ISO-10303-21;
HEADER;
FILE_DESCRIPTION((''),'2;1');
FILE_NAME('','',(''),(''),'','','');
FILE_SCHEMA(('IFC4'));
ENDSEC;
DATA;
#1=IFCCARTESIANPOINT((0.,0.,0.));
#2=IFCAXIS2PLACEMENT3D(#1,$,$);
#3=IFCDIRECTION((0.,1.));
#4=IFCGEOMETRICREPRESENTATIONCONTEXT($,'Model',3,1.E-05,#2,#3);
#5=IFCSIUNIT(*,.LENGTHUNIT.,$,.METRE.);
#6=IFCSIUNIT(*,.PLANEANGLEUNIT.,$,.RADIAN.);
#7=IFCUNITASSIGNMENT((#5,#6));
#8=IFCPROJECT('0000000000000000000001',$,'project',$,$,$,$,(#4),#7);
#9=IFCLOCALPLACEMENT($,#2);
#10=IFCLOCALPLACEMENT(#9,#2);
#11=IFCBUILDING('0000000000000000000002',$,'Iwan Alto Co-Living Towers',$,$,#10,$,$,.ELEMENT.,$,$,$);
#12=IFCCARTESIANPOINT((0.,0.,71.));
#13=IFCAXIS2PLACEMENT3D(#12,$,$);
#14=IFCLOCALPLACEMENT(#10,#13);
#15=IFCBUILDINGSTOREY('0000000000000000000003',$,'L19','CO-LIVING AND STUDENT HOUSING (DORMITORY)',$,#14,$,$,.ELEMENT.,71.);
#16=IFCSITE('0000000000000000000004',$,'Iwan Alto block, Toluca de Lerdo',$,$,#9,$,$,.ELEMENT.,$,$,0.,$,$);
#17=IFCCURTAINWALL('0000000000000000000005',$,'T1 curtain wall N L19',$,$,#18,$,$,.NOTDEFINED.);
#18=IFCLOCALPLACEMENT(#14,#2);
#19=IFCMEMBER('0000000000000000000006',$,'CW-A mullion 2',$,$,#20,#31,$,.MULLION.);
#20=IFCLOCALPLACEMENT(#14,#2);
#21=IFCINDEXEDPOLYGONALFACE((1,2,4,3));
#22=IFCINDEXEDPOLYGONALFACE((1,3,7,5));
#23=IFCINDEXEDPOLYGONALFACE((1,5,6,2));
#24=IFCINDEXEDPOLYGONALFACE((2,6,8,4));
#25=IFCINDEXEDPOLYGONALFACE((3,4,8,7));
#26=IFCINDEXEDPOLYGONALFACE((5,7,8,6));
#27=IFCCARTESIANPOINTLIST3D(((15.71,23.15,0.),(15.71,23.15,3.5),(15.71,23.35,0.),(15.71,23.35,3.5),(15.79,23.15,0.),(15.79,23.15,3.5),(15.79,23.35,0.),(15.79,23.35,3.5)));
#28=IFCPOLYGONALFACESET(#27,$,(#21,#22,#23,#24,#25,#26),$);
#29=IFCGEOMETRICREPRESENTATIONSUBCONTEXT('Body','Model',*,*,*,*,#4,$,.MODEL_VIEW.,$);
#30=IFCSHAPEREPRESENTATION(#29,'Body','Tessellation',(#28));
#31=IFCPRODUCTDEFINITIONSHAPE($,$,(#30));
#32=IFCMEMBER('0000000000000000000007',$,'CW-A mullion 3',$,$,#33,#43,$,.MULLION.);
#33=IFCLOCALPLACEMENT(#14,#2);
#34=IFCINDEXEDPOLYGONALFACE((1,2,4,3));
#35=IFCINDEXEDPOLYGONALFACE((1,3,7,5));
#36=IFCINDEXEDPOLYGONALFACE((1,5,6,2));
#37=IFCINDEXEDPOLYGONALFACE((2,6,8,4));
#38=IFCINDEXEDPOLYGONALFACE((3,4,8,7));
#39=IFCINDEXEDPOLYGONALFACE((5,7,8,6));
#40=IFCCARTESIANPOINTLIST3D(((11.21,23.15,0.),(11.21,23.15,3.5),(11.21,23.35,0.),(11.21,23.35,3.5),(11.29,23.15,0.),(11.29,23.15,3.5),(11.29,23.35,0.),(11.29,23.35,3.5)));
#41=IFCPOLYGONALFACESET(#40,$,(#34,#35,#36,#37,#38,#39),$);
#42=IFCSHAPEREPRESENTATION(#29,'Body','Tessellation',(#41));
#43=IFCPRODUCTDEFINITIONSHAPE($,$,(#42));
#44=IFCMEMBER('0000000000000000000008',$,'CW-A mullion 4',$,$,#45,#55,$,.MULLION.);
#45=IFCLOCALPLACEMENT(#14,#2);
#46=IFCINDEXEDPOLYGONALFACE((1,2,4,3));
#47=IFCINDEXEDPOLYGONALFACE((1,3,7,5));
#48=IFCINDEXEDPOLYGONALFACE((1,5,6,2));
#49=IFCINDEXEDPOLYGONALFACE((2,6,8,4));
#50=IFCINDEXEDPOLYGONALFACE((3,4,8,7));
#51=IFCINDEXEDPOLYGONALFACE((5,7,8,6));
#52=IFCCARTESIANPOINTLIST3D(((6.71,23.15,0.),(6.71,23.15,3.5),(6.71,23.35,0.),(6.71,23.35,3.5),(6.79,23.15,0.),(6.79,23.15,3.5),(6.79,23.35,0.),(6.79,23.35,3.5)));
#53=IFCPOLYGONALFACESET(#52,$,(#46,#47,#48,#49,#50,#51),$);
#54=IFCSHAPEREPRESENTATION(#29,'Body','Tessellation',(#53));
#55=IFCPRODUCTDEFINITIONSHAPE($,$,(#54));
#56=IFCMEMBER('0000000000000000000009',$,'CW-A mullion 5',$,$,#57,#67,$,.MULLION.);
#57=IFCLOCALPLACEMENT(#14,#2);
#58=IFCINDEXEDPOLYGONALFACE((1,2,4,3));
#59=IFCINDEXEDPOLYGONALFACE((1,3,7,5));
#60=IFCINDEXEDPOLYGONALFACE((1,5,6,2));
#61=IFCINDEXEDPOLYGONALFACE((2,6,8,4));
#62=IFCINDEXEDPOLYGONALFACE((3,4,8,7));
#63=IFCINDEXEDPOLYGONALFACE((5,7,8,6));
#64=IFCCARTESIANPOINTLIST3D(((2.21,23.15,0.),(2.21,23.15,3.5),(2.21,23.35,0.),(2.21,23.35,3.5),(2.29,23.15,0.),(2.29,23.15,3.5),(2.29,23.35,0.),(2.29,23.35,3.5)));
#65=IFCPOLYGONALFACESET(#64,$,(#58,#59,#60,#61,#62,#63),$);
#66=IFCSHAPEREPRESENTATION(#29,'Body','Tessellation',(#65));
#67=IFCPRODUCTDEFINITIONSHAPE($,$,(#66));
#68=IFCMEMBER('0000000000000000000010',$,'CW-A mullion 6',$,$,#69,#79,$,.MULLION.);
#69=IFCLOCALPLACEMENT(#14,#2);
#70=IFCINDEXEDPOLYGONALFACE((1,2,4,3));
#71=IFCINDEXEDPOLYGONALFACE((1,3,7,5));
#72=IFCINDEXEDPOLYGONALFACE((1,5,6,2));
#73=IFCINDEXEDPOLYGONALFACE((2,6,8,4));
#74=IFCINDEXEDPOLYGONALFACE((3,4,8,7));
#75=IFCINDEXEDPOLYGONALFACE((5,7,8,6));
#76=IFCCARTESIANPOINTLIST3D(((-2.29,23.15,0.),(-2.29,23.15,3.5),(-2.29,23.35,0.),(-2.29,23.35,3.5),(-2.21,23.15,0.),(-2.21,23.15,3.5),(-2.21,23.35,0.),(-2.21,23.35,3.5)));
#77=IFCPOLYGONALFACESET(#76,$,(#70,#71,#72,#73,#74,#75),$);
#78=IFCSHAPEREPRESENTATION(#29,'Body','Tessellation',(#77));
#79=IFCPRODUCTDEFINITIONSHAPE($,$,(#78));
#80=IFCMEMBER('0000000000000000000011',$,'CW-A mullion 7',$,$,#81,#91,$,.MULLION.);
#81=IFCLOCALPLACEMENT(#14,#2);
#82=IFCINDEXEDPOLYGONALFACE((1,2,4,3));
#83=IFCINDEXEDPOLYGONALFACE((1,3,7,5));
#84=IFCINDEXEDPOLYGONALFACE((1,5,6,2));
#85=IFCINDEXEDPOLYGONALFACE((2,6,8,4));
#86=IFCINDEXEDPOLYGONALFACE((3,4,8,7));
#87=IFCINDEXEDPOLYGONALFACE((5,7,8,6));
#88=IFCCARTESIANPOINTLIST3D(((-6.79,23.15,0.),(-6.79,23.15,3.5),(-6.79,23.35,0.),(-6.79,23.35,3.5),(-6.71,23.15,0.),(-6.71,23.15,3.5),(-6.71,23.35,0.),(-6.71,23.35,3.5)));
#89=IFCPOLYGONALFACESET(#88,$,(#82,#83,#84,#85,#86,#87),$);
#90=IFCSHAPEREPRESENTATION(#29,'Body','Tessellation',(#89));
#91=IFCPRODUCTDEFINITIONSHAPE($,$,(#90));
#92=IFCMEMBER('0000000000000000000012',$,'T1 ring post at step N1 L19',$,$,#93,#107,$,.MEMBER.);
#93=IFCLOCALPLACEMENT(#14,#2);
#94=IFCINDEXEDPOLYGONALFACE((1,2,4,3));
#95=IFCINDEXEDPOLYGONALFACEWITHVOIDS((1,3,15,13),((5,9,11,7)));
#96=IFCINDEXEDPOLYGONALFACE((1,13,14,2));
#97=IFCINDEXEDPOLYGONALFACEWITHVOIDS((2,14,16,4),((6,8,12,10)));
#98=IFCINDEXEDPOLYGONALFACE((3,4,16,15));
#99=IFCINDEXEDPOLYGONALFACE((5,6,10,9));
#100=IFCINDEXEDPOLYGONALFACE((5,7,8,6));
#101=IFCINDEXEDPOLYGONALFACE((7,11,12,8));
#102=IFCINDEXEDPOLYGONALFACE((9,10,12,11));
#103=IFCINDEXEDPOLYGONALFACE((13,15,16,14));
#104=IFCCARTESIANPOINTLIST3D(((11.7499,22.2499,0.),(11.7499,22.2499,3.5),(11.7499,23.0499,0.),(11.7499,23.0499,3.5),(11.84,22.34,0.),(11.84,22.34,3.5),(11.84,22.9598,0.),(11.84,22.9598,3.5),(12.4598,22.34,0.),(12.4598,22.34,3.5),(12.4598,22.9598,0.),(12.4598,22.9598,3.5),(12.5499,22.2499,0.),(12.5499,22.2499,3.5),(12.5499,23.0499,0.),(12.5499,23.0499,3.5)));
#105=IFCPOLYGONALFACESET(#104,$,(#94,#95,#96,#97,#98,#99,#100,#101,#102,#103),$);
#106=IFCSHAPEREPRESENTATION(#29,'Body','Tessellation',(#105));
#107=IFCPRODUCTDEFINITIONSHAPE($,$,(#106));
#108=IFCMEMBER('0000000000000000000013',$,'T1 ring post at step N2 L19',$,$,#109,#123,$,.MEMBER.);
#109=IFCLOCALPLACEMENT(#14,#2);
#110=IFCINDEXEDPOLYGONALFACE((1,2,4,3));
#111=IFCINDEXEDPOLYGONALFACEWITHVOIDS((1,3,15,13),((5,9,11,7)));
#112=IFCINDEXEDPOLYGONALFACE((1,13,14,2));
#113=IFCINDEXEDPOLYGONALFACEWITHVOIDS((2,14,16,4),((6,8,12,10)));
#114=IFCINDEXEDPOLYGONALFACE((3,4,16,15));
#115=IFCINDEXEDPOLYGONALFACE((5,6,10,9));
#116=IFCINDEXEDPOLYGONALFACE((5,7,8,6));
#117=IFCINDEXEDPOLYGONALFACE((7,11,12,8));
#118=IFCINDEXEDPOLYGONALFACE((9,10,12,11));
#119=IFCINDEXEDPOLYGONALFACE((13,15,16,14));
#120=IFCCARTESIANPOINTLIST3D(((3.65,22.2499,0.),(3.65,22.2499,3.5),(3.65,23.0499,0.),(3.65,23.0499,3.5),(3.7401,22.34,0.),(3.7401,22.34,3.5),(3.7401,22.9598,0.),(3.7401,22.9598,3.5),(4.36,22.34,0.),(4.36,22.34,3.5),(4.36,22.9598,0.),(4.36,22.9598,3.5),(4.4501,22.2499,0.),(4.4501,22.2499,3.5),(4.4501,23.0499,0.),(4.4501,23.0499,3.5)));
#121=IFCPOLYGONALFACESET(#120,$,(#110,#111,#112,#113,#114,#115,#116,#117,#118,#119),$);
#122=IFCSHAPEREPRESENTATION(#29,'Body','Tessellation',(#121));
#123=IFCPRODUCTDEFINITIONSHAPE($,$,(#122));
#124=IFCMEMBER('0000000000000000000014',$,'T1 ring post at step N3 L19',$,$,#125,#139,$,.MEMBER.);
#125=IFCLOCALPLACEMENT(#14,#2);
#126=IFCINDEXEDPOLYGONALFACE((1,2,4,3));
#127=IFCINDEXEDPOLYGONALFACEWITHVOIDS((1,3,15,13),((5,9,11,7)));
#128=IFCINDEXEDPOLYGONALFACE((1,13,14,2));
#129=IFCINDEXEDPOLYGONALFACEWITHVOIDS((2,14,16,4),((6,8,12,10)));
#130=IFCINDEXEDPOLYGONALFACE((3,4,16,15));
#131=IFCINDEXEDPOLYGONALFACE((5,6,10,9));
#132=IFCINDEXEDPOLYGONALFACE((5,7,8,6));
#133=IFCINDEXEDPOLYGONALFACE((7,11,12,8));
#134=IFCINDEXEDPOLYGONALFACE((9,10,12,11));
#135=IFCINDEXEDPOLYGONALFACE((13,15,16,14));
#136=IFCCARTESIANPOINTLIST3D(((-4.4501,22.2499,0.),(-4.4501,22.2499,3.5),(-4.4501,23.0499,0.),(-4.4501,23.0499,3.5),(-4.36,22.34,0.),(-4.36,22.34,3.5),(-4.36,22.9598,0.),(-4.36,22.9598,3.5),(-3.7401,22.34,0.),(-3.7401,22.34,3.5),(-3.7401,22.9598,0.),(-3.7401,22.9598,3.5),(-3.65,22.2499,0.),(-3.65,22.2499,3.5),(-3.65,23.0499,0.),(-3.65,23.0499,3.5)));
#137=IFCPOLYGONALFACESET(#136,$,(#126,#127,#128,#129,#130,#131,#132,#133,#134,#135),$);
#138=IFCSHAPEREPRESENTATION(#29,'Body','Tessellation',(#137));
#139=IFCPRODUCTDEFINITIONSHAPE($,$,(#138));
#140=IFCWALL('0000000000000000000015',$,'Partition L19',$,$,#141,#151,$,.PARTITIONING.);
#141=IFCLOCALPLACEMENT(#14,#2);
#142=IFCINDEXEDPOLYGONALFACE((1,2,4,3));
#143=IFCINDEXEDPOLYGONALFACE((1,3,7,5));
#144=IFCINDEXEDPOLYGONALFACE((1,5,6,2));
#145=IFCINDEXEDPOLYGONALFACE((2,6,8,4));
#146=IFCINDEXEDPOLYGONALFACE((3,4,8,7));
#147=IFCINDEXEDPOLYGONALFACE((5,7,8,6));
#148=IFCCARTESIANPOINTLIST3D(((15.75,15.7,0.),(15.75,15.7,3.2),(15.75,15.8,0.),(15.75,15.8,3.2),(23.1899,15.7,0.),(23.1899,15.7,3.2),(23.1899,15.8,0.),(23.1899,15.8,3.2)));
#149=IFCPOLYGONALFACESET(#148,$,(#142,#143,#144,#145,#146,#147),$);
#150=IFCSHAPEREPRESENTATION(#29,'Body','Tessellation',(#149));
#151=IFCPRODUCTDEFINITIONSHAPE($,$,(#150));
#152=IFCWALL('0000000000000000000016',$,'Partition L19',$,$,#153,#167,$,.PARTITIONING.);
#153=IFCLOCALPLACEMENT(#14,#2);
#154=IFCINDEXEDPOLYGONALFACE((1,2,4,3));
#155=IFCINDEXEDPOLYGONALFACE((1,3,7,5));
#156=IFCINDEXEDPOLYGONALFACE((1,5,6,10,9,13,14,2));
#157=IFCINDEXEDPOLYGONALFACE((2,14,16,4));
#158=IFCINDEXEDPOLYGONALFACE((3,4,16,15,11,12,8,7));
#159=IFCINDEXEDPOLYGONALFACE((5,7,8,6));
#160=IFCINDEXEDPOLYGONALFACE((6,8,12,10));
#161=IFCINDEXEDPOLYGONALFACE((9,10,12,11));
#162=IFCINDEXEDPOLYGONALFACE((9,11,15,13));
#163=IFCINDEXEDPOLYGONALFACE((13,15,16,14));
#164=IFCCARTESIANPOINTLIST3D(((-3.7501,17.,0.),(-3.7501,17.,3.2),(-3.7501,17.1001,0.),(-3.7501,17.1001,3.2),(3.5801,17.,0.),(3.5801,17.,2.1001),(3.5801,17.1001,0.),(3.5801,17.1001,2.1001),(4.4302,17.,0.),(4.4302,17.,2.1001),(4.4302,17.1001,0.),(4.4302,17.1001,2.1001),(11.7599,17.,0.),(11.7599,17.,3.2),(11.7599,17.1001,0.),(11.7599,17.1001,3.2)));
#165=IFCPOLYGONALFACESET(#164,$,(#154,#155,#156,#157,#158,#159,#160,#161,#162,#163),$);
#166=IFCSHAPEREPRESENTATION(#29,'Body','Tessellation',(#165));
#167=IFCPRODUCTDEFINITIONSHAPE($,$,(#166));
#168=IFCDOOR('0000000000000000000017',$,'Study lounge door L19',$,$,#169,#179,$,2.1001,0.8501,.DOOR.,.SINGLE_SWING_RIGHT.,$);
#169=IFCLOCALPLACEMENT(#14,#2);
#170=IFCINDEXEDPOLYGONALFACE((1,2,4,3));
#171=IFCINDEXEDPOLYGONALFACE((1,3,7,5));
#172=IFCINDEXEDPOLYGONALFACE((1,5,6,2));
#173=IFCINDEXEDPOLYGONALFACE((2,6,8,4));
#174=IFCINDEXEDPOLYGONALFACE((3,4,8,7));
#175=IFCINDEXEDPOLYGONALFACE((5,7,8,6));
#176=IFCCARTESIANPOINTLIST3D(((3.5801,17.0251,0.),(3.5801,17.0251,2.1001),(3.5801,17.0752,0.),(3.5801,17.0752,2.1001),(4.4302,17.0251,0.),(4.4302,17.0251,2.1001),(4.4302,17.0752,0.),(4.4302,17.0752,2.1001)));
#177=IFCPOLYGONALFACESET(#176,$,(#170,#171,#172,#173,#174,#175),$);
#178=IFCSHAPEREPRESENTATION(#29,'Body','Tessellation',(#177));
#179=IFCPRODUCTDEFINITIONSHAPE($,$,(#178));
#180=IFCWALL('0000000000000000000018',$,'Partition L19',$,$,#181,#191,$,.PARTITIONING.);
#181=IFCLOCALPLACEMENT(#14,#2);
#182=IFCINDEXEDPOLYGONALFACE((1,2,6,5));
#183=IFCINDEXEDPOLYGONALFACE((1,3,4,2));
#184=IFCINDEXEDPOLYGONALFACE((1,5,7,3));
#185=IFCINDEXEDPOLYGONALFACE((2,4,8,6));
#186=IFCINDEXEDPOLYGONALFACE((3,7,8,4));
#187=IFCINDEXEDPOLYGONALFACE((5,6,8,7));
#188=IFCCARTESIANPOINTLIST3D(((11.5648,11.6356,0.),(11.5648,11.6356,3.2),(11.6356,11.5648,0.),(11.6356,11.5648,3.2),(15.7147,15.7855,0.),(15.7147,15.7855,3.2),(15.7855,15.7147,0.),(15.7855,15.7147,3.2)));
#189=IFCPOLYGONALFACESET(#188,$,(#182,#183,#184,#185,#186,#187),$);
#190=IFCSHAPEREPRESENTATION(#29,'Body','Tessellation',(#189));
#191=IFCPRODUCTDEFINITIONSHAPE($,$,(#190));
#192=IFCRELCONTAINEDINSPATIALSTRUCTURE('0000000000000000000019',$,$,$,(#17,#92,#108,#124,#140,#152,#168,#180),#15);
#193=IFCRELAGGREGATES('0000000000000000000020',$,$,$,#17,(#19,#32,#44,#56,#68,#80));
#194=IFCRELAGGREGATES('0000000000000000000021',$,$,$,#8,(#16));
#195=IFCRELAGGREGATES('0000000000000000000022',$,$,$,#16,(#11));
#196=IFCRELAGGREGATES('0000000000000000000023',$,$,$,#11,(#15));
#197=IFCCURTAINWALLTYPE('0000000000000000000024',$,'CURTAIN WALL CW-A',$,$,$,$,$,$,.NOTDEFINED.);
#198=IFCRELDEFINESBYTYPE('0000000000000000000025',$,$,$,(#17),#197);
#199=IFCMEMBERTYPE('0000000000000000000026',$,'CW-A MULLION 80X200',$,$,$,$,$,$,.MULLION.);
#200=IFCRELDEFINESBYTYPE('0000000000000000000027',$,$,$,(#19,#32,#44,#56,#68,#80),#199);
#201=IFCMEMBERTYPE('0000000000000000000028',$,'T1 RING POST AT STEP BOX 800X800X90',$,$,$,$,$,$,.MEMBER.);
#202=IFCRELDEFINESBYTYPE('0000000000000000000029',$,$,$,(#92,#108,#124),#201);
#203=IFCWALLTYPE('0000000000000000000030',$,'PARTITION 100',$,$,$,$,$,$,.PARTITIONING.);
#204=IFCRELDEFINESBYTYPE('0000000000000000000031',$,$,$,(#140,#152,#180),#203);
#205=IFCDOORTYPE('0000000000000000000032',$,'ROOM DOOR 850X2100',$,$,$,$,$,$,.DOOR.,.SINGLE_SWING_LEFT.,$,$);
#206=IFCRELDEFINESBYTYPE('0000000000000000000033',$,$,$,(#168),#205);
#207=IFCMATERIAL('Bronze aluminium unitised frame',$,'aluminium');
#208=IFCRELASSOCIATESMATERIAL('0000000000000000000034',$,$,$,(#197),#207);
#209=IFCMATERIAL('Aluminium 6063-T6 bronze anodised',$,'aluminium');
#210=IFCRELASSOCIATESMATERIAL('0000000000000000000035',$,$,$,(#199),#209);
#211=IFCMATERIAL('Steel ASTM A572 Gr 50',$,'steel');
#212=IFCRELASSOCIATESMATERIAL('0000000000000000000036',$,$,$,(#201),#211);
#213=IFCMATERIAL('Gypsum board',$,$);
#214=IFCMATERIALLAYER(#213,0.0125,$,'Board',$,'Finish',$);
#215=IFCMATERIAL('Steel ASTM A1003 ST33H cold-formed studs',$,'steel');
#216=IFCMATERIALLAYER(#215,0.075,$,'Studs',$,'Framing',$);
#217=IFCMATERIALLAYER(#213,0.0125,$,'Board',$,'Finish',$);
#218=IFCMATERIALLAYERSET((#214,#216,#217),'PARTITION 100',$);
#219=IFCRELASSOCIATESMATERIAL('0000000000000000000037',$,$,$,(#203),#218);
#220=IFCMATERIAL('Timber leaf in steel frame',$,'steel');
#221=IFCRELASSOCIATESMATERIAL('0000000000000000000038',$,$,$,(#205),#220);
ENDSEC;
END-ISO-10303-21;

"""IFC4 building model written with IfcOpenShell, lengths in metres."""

from ifc_helpers import new_model, si_unit, direction, frame, frame_2d, origin, origin_2d, place, context, subcontext, project, spatial, rectangle, hollow_rectangle, extrude, material, layer, layer_set, material_profile, profile_set, type_object, element, fill, aggregate, save


model = new_model("IFC4")

# Units and contexts
model_context = context("Model", 3, precision=1e-05, world=origin(), true_north=direction((0.0, 1.0)))
body_context = subcontext(model_context, "Body", "Model", "MODEL_VIEW")
ifc_project = project(units=[si_unit("LENGTHUNIT", "METRE"), si_unit("PLANEANGLEUNIT", "RADIAN")], contexts=[model_context])

# Site, building, storey
site_placement = place(None, origin())
site = spatial("IfcSite", under=ifc_project, at=site_placement, Name="Iwan Alto block, Toluca de Lerdo", CompositionType="ELEMENT", RefElevation=0.0)
building_placement = place(site_placement, origin())
building = spatial("IfcBuilding", under=site, at=building_placement, Name="Iwan Alto Co-Living Towers", CompositionType="ELEMENT")
storey_placement = place(building_placement, frame((0.0, 0.0, 71.0)))
storey = spatial("IfcBuildingStorey", under=building, at=storey_placement, Name="L19", Description="CO-LIVING AND STUDENT HOUSING (DORMITORY)", CompositionType="ELEMENT", Elevation=71.0)

# Curtain wall, members
ifc_material_1 = material(Name="Bronze aluminium unitised frame", Category="aluminium")
curtain_wall_type = type_object("IfcCurtainWallType", Name="CURTAIN WALL CW-A", PredefinedType="NOTDEFINED", material=ifc_material_1)
curtain_wall_placement = place(storey_placement, origin())
curtain_wall = element("IfcCurtainWall", 1, at=curtain_wall_placement, inside=storey, type_object=curtain_wall_type, Name="T1 curtain wall N L19", PredefinedType="NOTDEFINED")
ifc_material_2 = material(Name="Aluminium 6063-T6 bronze anodised", Category="aluminium")
ifc_material_profile_1 = material_profile(ifc_material_2, rectangle(XDim=0.2, YDim=0.0801, at=origin_2d()), Name="AL 80X200")
ifc_profile_set_1 = profile_set([ifc_material_profile_1], Name="Aluminium 6063-T6 bronze anodised")
member_type_1 = type_object("IfcMemberType", Name="CW-A MULLION 80X200", PredefinedType="MULLION", material=ifc_profile_set_1)
member_1_placement = place(storey_placement, frame((15.75, 23.25, 0.0), z_axis=(0.0, 0.0, 1.0), x_axis=(0.0, -1.0, 0.0)))
member_1 = element("IfcMember", 2, at=member_1_placement, type_object=member_type_1, Name="CW-A mullion 2", PredefinedType="MULLION", context=body_context, shape_type="SweptSolid", body=[
    extrude(rectangle(XDim=0.2, YDim=0.0801, at=origin_2d()), origin(), (0.0, 0.0, 1.0), 3.5),
])
member_2_placement = place(storey_placement, frame((11.25, 23.25, 0.0), z_axis=(0.0, 0.0, 1.0), x_axis=(0.0, -1.0, 0.0)))
member_2 = element("IfcMember", 3, at=member_2_placement, type_object=member_type_1, Name="CW-A mullion 3", PredefinedType="MULLION", context=body_context, shape_type="SweptSolid", body=[
    extrude(rectangle(XDim=0.2, YDim=0.0801, at=origin_2d()), origin(), (0.0, 0.0, 1.0), 3.5),
])
member_3_placement = place(storey_placement, frame((6.75, 23.25, 0.0), z_axis=(0.0, 0.0, 1.0), x_axis=(0.0, -1.0, 0.0)))
member_3 = element("IfcMember", 4, at=member_3_placement, type_object=member_type_1, Name="CW-A mullion 4", PredefinedType="MULLION", context=body_context, shape_type="SweptSolid", body=[
    extrude(rectangle(XDim=0.2, YDim=0.0801, at=origin_2d()), origin(), (0.0, 0.0, 1.0), 3.5),
])
member_4_placement = place(storey_placement, frame((2.25, 23.25, 0.0), z_axis=(0.0, 0.0, 1.0), x_axis=(0.0, -1.0, 0.0)))
member_4 = element("IfcMember", 5, at=member_4_placement, type_object=member_type_1, Name="CW-A mullion 5", PredefinedType="MULLION", context=body_context, shape_type="SweptSolid", body=[
    extrude(rectangle(XDim=0.2, YDim=0.0801, at=origin_2d()), origin(), (0.0, 0.0, 1.0), 3.5),
])
member_5_placement = place(storey_placement, frame((-2.25, 23.25, 0.0), z_axis=(0.0, 0.0, 1.0), x_axis=(0.0, -1.0, 0.0)))
member_5 = element("IfcMember", 6, at=member_5_placement, type_object=member_type_1, Name="CW-A mullion 6", PredefinedType="MULLION", context=body_context, shape_type="SweptSolid", body=[
    extrude(rectangle(XDim=0.2, YDim=0.0801, at=origin_2d()), origin(), (0.0, 0.0, 1.0), 3.5),
])
member_6_placement = place(storey_placement, frame((-6.75, 23.25, 0.0), z_axis=(0.0, 0.0, 1.0), x_axis=(0.0, -1.0, 0.0)))
member_6 = element("IfcMember", 7, at=member_6_placement, type_object=member_type_1, Name="CW-A mullion 7", PredefinedType="MULLION", context=body_context, shape_type="SweptSolid", body=[
    extrude(rectangle(XDim=0.2, YDim=0.0801, at=origin_2d()), origin(), (0.0, 0.0, 1.0), 3.5),
])
aggregate(curtain_wall, [member_1, member_2, member_3, member_4, member_5, member_6])

# Members
ifc_material_3 = material(Name="Steel ASTM A572 Gr 50", Category="steel")
ifc_material_profile_2 = material_profile(ifc_material_3, hollow_rectangle(XDim=0.8, YDim=0.8, WallThickness=0.0901, at=origin_2d()), Name="BOX 800X800X90")
ifc_profile_set_2 = profile_set([ifc_material_profile_2], Name="Steel ASTM A572 Gr 50")
member_type_2 = type_object("IfcMemberType", Name="T1 RING POST AT STEP BOX 800X800X90", PredefinedType="MEMBER", material=ifc_profile_set_2)
for number, where, z_axis, x_axis, name in (
    (8, (12.1499, 22.6499, 0.0), (0.0, 0.0, 1.0), (1.0, 0.0, 0.0), "T1 ring post at step N1 L19"),
    (9, (4.05, 22.6499, 0.0), (0.0, 0.0, 1.0), (1.0, 0.0, 0.0), "T1 ring post at step N2 L19"),
    (10, (-4.05, 22.6499, 0.0), (0.0, 0.0, 1.0), (1.0, 0.0, 0.0), "T1 ring post at step N3 L19"),
):
    element("IfcMember", number, at=place(storey_placement, frame(where, z_axis=z_axis, x_axis=x_axis)), inside=storey, type_object=member_type_2, Name=name, PredefinedType="MEMBER", context=body_context, shape_type="SweptSolid", body=[
        extrude(hollow_rectangle(XDim=0.8, YDim=0.8, WallThickness=0.0901, at=origin_2d()), origin(), (0.0, 0.0, 1.0), 3.5),
    ])

# Wall
ifc_material_4 = material(Name="Gypsum board")
ifc_layer_1 = layer(ifc_material_4, 0.0125, Name="Board", Category="Finish")
ifc_material_5 = material(Name="Steel ASTM A1003 ST33H cold-formed studs", Category="steel")
ifc_layer_2 = layer(ifc_material_5, 0.075, Name="Studs", Category="Framing")
ifc_layer_3 = layer(ifc_material_4, 0.0125, Name="Board", Category="Finish")
ifc_layer_set_1 = layer_set([ifc_layer_1, ifc_layer_2, ifc_layer_3], Name="PARTITION 100")
wall_type = type_object("IfcWallType", Name="PARTITION 100", PredefinedType="PARTITIONING", material=ifc_layer_set_1)
wall_1_placement = place(storey_placement, frame((15.75, 15.75, 0.0), z_axis=(0.0, 0.0, 1.0), x_axis=(1.0, 0.0, 0.0)))
element("IfcWall", 11, at=wall_1_placement, inside=storey, type_object=wall_type, Name="Partition L19", PredefinedType="PARTITIONING", context=body_context, shape_type="SweptSolid", body=[
    extrude(rectangle(XDim=7.4399, YDim=0.1001, at=frame_2d((3.72, 0.0))), origin(), (0.0, 0.0, 1.0), 3.2),
])

# Wall, opening, door
wall_2_placement = place(storey_placement, frame((-3.75, 17.05, 0.0), z_axis=(0.0, 0.0, 1.0), x_axis=(1.0, 0.0, 0.0)))
wall_2 = element("IfcWall", 12, at=wall_2_placement, inside=storey, type_object=wall_type, Name="Partition L19", PredefinedType="PARTITIONING", context=body_context, shape_type="SweptSolid", body=[
    extrude(rectangle(XDim=15.51, YDim=0.1001, at=frame_2d((7.7549, 0.0))), origin(), (0.0, 0.0, 1.0), 3.2),
])
opening_1_placement = place(wall_2_placement, frame((7.3301, 0.0, 0.0)))
opening_1 = element("IfcOpeningElement", 13, at=opening_1_placement, cuts=wall_2, PredefinedType="OPENING", context=body_context, shape_type="SweptSolid", body=[
    extrude(rectangle(XDim=0.8501, YDim=2.1001, at=frame_2d((0.425, 1.05))), frame((0.0, 0.0601, 0.0), z_axis=(0.0, -1.0, 0.0), x_axis=(1.0, 0.0, 0.0)), (0.0, 0.0, 1.0), 0.1201),
])
ifc_material_6 = material(Name="Timber leaf in steel frame", Category="steel")
door_type = type_object("IfcDoorType", Name="ROOM DOOR 850X2100", OperationType="SINGLE_SWING_LEFT", PredefinedType="DOOR", material=ifc_material_6)
door_1_placement = place(opening_1_placement, frame((0.8501, 0.0, 0.0), z_axis=(0.0, 0.0, 1.0), x_axis=(-1.0, 0.0, 0.0)))
door_1 = element("IfcDoor", 14, at=door_1_placement, inside=storey, type_object=door_type, Name="Study lounge door L19", OperationType="SINGLE_SWING_RIGHT", OverallHeight=2.1001, OverallWidth=0.8501, PredefinedType="DOOR", context=body_context, shape_type="SweptSolid", body=[
    extrude(rectangle(XDim=0.8501, YDim=2.1001, at=frame_2d((0.425, 1.05))), frame((0.0, 0.0249, 0.0), z_axis=(0.0, -1.0, 0.0), x_axis=(1.0, 0.0, 0.0)), (0.0, 0.0, 1.0), 0.05),
])
fill(opening_1, door_1)

# Wall
wall_3_placement = place(storey_placement, frame((11.6001, 11.6001, 0.0), z_axis=(0.0, 0.0, 1.0), x_axis=(0.707107, 0.707107, 0.0)))
element("IfcWall", 15, at=wall_3_placement, inside=storey, type_object=wall_type, Name="Partition L19", PredefinedType="PARTITIONING", context=body_context, shape_type="SweptSolid", body=[
    extrude(rectangle(XDim=5.8689, YDim=0.1001, at=frame_2d((2.9346, 0.0))), origin(), (0.0, 0.0, 1.0), 3.2),
])

save(model, "model.ifc")
